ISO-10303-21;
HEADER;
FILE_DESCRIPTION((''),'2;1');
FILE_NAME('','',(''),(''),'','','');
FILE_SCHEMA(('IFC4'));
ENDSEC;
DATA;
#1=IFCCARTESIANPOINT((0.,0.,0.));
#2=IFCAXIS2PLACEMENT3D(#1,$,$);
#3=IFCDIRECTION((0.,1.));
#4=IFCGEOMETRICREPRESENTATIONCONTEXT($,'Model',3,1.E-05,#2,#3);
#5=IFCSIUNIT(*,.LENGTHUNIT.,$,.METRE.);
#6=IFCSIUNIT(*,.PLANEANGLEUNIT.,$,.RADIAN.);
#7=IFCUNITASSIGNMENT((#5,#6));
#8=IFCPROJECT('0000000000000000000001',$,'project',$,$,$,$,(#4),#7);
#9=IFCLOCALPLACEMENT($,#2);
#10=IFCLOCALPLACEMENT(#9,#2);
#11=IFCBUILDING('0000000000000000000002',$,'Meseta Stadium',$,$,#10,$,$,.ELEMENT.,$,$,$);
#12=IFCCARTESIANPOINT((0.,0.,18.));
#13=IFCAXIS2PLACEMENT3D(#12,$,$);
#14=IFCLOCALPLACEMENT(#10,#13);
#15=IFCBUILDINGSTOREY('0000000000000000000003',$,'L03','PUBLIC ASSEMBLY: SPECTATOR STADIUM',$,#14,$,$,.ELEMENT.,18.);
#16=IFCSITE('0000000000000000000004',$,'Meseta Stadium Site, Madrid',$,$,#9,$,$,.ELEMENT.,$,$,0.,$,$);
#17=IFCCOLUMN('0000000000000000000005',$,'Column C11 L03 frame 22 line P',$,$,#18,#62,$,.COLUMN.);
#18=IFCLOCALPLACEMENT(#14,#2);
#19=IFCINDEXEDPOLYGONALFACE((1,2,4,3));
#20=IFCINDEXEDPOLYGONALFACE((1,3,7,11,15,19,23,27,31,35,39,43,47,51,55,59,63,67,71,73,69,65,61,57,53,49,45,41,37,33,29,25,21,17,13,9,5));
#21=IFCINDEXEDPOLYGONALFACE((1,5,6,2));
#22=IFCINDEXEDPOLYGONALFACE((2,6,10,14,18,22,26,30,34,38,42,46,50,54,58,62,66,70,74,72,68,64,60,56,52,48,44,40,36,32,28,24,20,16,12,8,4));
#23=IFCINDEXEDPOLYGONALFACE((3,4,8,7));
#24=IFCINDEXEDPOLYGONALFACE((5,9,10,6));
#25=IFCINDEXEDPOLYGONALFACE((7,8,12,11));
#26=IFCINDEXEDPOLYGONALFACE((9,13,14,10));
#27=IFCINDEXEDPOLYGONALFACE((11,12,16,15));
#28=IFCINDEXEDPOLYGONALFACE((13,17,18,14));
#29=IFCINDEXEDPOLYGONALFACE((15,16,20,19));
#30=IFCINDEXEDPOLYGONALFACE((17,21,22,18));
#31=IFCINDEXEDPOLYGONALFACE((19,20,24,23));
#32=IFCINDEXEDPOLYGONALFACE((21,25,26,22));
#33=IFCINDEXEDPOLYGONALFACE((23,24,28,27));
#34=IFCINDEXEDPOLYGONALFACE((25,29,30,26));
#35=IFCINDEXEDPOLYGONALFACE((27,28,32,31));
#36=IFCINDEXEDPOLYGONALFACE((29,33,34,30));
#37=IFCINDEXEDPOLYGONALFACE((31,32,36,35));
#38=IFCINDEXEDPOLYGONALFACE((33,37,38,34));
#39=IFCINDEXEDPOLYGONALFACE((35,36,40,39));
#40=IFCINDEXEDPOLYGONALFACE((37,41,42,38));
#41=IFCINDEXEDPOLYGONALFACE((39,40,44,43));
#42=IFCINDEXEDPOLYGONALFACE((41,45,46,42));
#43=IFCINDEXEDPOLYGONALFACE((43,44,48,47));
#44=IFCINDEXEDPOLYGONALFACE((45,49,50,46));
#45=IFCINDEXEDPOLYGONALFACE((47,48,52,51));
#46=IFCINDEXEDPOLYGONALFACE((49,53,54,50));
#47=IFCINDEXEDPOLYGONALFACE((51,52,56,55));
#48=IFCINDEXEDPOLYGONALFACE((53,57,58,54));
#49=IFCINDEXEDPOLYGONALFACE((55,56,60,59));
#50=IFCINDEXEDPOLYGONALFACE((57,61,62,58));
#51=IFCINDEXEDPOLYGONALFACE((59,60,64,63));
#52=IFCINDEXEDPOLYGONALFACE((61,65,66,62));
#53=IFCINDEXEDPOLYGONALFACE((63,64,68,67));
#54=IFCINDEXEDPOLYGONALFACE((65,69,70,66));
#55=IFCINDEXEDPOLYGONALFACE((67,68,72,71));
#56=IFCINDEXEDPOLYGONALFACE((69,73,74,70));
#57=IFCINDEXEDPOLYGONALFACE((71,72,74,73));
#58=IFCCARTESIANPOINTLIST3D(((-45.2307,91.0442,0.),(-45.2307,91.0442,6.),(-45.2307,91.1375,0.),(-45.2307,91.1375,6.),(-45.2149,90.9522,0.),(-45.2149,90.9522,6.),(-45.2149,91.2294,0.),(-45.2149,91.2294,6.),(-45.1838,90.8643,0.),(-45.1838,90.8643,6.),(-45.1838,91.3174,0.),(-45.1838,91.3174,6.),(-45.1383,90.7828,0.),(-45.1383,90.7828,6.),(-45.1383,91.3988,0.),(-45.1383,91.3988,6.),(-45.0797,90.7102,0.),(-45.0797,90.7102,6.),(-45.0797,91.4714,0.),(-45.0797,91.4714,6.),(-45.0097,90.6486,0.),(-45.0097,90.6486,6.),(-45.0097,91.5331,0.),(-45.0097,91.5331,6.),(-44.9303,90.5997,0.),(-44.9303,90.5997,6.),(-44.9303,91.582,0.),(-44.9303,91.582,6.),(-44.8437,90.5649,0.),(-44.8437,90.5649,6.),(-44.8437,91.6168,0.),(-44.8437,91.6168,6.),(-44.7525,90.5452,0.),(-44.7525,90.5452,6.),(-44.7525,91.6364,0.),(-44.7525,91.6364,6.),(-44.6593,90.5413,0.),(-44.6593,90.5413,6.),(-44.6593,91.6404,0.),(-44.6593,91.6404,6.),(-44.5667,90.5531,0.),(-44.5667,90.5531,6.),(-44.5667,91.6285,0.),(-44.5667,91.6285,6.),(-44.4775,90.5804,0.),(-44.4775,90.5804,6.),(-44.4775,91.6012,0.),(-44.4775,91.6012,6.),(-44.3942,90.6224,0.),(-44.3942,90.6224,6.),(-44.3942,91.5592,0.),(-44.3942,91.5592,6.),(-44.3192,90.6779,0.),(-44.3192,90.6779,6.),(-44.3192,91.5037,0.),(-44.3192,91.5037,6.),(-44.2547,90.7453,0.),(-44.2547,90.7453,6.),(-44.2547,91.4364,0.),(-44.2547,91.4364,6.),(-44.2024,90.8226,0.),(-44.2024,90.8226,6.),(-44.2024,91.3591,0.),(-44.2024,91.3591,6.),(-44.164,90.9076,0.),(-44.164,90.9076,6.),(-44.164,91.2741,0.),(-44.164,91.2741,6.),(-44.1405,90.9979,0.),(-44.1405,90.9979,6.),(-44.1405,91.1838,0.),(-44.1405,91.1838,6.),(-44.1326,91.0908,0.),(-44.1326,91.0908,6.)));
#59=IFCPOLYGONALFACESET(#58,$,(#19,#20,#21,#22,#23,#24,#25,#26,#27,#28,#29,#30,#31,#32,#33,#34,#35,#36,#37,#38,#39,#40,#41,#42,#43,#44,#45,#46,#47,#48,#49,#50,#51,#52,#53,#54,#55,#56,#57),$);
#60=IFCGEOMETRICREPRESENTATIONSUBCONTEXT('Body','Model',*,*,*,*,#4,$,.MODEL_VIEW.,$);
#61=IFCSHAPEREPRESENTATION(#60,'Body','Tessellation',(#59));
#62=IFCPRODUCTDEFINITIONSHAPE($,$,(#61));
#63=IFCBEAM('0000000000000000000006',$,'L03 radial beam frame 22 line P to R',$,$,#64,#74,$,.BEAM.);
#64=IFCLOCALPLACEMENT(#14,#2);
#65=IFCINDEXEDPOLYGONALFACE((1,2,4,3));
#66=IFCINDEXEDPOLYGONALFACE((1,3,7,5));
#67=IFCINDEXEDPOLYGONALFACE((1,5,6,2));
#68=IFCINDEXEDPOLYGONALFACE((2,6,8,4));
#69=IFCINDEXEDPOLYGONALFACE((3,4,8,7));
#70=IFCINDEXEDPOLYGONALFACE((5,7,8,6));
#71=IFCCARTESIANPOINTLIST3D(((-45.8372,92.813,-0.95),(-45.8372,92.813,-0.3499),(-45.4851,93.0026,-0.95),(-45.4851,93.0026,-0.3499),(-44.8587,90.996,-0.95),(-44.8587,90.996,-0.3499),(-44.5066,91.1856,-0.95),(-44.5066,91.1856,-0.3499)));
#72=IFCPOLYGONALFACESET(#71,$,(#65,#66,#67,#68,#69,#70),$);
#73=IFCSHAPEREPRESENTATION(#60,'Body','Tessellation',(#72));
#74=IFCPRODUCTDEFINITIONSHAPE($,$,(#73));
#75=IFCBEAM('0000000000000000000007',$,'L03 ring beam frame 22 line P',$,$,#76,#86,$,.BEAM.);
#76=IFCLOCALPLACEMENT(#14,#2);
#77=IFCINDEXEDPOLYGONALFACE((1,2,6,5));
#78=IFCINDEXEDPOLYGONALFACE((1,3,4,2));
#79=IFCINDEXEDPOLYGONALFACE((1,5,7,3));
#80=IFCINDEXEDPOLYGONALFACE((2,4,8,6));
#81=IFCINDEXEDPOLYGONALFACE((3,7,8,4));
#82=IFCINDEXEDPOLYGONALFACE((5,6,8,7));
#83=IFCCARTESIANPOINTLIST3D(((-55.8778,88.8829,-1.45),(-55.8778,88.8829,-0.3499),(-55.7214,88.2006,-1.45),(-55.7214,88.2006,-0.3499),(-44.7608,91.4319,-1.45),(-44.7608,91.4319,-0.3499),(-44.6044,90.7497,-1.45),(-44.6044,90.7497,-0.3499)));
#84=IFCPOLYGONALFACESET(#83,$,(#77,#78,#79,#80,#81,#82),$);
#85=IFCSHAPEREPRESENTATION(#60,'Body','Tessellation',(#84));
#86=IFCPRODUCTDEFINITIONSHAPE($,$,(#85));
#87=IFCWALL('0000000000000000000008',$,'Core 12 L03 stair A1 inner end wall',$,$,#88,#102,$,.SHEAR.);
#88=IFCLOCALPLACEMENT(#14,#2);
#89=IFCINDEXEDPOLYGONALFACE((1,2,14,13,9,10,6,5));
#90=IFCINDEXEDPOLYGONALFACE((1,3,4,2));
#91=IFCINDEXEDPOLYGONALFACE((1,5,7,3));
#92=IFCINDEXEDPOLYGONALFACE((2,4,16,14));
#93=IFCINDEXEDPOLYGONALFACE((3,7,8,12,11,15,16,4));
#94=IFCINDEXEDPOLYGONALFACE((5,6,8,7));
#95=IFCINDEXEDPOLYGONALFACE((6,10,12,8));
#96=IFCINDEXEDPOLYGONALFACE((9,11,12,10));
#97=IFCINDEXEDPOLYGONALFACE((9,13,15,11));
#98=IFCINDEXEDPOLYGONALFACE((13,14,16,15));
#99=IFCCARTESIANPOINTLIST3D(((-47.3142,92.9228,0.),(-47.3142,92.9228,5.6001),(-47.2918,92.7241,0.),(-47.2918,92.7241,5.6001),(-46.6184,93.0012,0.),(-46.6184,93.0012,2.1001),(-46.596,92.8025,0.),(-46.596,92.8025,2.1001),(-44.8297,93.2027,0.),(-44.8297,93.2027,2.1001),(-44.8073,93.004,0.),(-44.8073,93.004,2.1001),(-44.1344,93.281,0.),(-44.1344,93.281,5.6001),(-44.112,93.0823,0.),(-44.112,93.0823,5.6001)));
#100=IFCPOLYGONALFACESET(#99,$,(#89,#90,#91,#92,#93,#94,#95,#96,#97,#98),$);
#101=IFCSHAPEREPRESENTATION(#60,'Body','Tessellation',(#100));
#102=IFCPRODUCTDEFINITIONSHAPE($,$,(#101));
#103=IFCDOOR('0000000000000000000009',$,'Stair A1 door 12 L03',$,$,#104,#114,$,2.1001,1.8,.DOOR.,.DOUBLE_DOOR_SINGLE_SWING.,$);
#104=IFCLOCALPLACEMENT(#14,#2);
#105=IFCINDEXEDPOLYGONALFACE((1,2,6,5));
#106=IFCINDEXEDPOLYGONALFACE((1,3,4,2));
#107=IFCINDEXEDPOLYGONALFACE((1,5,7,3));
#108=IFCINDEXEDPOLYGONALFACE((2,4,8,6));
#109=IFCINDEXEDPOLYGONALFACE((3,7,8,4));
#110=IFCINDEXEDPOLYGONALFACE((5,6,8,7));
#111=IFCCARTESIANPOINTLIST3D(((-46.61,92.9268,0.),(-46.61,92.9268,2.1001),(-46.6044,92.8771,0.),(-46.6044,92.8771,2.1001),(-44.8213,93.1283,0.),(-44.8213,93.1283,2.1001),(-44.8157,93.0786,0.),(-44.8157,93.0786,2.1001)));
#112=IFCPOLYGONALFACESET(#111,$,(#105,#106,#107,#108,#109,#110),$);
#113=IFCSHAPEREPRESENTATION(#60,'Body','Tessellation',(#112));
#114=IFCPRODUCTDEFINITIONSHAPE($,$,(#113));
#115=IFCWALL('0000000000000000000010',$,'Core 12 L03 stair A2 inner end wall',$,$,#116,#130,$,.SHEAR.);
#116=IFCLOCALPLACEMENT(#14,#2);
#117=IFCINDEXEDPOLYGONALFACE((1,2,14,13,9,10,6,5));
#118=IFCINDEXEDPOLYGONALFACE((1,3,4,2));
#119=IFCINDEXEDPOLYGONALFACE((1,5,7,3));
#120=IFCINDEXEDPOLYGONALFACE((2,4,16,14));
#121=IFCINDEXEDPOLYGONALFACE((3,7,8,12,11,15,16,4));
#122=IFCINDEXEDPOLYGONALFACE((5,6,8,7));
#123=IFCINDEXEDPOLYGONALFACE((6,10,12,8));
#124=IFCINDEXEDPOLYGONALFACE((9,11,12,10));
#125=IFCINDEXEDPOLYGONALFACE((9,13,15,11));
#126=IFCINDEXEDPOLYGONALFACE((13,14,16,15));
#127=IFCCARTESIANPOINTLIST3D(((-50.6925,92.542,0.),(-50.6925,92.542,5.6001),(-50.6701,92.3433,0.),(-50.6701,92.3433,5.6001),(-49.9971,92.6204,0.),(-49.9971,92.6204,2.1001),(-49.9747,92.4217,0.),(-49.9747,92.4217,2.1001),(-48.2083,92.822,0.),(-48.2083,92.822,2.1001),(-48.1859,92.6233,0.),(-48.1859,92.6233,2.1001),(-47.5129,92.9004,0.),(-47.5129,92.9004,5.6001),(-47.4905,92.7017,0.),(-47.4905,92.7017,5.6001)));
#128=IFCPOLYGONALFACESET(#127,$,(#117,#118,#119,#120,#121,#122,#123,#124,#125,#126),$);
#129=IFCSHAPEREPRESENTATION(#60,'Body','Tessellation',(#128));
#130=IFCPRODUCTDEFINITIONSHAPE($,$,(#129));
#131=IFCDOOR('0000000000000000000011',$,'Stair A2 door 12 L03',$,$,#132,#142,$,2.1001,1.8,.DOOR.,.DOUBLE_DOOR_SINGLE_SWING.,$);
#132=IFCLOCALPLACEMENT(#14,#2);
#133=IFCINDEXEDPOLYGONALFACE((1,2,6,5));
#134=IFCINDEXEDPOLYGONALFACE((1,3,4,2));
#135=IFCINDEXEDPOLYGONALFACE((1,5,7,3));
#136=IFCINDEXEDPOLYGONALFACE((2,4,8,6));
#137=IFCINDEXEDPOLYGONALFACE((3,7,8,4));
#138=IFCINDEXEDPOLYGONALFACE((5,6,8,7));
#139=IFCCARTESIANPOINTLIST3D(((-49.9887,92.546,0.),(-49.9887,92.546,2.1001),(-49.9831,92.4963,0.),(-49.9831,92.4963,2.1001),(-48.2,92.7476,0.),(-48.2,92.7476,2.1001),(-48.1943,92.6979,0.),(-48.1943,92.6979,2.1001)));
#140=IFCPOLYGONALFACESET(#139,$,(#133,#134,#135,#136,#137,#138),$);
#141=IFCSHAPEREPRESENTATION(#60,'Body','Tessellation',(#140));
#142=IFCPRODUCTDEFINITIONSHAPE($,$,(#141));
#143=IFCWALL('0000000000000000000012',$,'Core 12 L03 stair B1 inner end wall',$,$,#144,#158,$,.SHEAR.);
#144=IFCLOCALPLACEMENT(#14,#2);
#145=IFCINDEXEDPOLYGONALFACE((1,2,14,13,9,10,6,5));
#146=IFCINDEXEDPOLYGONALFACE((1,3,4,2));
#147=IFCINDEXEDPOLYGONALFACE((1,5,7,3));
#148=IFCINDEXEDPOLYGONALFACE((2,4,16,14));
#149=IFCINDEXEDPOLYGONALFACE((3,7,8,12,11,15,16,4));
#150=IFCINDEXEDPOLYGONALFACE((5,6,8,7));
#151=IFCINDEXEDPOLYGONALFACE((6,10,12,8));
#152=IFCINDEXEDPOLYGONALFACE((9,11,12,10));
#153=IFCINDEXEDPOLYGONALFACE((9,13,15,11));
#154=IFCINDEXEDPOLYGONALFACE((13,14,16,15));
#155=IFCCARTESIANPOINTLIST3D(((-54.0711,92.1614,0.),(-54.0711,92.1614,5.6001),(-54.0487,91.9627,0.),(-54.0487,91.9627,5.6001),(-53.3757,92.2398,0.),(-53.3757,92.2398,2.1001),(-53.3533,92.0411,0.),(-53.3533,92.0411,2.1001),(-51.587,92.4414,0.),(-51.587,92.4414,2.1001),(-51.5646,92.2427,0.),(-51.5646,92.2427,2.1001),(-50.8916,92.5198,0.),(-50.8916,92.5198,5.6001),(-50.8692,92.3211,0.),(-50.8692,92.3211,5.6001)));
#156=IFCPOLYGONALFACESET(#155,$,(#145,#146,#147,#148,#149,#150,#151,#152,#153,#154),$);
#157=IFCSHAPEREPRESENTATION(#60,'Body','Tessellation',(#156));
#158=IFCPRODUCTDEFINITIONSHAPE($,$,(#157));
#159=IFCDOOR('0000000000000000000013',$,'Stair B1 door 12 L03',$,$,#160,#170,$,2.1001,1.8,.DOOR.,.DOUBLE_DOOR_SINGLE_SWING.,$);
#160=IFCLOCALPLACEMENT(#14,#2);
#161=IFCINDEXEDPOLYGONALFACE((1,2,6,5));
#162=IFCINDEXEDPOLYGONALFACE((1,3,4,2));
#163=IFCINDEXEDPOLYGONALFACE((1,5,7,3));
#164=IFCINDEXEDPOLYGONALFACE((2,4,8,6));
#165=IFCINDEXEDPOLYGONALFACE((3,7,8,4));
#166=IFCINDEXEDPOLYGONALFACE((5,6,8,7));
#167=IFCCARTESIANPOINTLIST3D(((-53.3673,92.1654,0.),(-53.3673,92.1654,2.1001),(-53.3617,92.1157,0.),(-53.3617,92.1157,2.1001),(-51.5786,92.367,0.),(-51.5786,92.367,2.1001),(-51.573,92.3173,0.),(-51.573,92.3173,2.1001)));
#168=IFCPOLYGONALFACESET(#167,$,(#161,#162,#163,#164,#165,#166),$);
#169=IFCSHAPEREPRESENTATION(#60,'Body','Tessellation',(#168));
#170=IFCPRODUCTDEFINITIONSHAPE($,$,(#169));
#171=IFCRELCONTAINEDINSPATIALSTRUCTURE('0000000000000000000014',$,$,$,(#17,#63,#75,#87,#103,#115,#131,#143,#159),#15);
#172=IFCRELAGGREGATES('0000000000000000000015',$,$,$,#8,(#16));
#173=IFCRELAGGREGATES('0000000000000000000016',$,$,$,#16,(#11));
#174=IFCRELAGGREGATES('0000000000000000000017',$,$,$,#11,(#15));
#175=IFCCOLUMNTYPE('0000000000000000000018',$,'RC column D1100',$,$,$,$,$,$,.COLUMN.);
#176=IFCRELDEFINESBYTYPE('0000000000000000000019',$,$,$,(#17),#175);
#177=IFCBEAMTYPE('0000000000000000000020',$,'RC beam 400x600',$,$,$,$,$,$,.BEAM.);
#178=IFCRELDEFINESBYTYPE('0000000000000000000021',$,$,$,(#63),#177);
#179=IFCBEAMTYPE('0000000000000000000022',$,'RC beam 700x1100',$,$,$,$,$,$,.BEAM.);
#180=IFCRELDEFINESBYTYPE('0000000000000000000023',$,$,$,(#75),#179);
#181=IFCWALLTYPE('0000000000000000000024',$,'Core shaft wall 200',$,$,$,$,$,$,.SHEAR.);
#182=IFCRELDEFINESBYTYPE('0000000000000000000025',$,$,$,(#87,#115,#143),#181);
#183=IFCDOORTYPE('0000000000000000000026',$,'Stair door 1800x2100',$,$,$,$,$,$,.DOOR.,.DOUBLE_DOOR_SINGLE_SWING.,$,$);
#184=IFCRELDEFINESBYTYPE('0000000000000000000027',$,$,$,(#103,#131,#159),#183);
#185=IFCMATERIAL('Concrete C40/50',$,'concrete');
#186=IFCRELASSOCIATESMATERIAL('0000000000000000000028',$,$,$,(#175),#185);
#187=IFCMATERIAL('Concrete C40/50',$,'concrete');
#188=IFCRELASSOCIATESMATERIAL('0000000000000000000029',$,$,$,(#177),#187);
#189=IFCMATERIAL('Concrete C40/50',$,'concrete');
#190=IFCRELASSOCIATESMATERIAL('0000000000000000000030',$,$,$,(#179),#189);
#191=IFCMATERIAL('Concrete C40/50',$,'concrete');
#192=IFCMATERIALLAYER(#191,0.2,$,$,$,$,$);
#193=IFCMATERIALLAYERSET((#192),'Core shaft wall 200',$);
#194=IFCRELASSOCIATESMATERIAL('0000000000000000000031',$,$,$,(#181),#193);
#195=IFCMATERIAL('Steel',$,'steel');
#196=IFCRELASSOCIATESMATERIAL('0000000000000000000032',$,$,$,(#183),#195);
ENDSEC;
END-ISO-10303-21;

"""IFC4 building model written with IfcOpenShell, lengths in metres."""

from ifc_helpers import new_model, si_unit, direction, frame, frame_2d, origin, origin_2d, place, context, subcontext, project, spatial, rectangle, circle, extrude, material, layer, layer_set, material_profile, profile_set, type_object, element, fill, save


model = new_model("IFC4")

# Units and contexts
model_context = context("Model", 3, precision=1e-05, world=origin(), true_north=direction((0.0, 1.0)))
body_context = subcontext(model_context, "Body", "Model", "MODEL_VIEW")
ifc_project = project(units=[si_unit("LENGTHUNIT", "METRE"), si_unit("PLANEANGLEUNIT", "RADIAN")], contexts=[model_context])

# Site, building, storey
site_placement = place(None, origin())
site = spatial("IfcSite", under=ifc_project, at=site_placement, Name="Meseta Stadium Site, Madrid", CompositionType="ELEMENT", RefElevation=0.0)
building_placement = place(site_placement, origin())
building = spatial("IfcBuilding", under=site, at=building_placement, Name="Meseta Stadium", CompositionType="ELEMENT")
storey_placement = place(building_placement, frame((0.0, 0.0, 18.0)))
storey = spatial("IfcBuildingStorey", under=building, at=storey_placement, Name="L03", Description="PUBLIC ASSEMBLY: SPECTATOR STADIUM", CompositionType="ELEMENT", Elevation=18.0)

# Column
ifc_material_1 = material(Name="Concrete C40/50", Category="concrete")
ifc_material_profile_1 = material_profile(ifc_material_1, circle(Radius=0.55, at=origin_2d()), Name="RC D1100")
ifc_profile_set_1 = profile_set([ifc_material_profile_1], Name="Concrete C40/50")
column_type = type_object("IfcColumnType", Name="RC column D1100", PredefinedType="COLUMN", material=ifc_profile_set_1)
column_placement = place(storey_placement, frame((-44.6826, 91.0908, 0.0), z_axis=(0.0, 0.0, 1.0), x_axis=(1.0, 0.0, 0.0)))
element("IfcColumn", 1, at=column_placement, inside=storey, type_object=column_type, Name="Column C11 L03 frame 22 line P", PredefinedType="COLUMN", context=body_context, shape_type="SweptSolid", body=[
    extrude(circle(Radius=0.55, at=origin_2d()), origin(), (0.0, 0.0, 1.0), 6.0),
])

# Beams
ifc_material_2 = material(Name="Concrete C40/50", Category="concrete")
ifc_material_profile_2 = material_profile(ifc_material_2, rectangle(XDim=0.3999, YDim=0.6001, at=origin_2d()), Name="RC 400x600")
ifc_profile_set_2 = profile_set([ifc_material_profile_2], Name="Concrete C40/50")
beam_type_1 = type_object("IfcBeamType", Name="RC beam 400x600", PredefinedType="BEAM", material=ifc_profile_set_2)
beam_1_placement = place(storey_placement, frame((-44.6826, 91.0908, -0.6499), z_axis=(-0.47417, 0.880433, 0.0), x_axis=(-0.880433, -0.47417, 0.0)))
element("IfcBeam", 2, at=beam_1_placement, inside=storey, type_object=beam_type_1, Name="L03 radial beam frame 22 line P to R", PredefinedType="BEAM", context=body_context, shape_type="SweptSolid", body=[
    extrude(rectangle(XDim=0.3999, YDim=0.6001, at=origin_2d()), origin(), (0.0, 0.0, 1.0), 2.0637),
])
ifc_material_3 = material(Name="Concrete C40/50", Category="concrete")
ifc_material_profile_3 = material_profile(ifc_material_3, rectangle(XDim=0.7, YDim=1.1001, at=origin_2d()), Name="RC 700x1100")
ifc_profile_set_3 = profile_set([ifc_material_profile_3], Name="Concrete C40/50")
beam_type_2 = type_object("IfcBeamType", Name="RC beam 700x1100", PredefinedType="BEAM", material=ifc_profile_set_3)
beam_2_placement = place(storey_placement, frame((-44.6826, 91.0908, -0.8999), z_axis=(-0.974705, -0.223496, 0.0), x_axis=(0.223496, -0.974705, 0.0)))
element("IfcBeam", 3, at=beam_2_placement, inside=storey, type_object=beam_type_2, Name="L03 ring beam frame 22 line P", PredefinedType="BEAM", context=body_context, shape_type="SweptSolid", body=[
    extrude(rectangle(XDim=0.7, YDim=1.1001, at=origin_2d()), origin(), (0.0, 0.0, 1.0), 11.4055),
])

# Walls, openings, doors
ifc_material_4 = material(Name="Concrete C40/50", Category="concrete")
ifc_layer_1 = layer(ifc_material_4, 0.2)
ifc_layer_set_1 = layer_set([ifc_layer_1], Name="Core shaft wall 200")
wall_type_1 = type_object("IfcWallType", Name="Core shaft wall 200", PredefinedType="SHEAR", material=ifc_layer_set_1)
wall_1_placement = place(storey_placement, frame((-44.123, 93.1816, 0.0), z_axis=(0.0, 0.0, 1.0), x_axis=(-0.993717, -0.111922, 0.0)))
wall_1 = element("IfcWall", 4, at=wall_1_placement, inside=storey, type_object=wall_type_1, Name="Core 12 L03 stair A1 inner end wall", PredefinedType="SHEAR", context=body_context, shape_type="SweptSolid", body=[
    extrude(rectangle(XDim=3.2, YDim=0.2, at=frame_2d((1.6001, 0.0))), origin(), (0.0, 0.0, 1.0), 5.6001),
])
opening_1_placement = place(wall_1_placement, frame((0.7, 0.0, 0.0)))
opening_1 = element("IfcOpeningElement", 5, at=opening_1_placement, cuts=wall_1, PredefinedType="OPENING", context=body_context, shape_type="SweptSolid", body=[
    extrude(rectangle(XDim=1.8, YDim=2.1001, at=frame_2d((0.8999, 1.05))), frame((0.0, 0.1099, 0.0), z_axis=(0.0, -1.0, 0.0), x_axis=(1.0, 0.0, 0.0)), (0.0, 0.0, 1.0), 0.22),
])
ifc_material_5 = material(Name="Steel", Category="steel")
door_type_1 = type_object("IfcDoorType", Name="Stair door 1800x2100", OperationType="DOUBLE_DOOR_SINGLE_SWING", PredefinedType="DOOR", material=ifc_material_5)
door_1_placement = place(opening_1_placement, origin())
door_1 = element("IfcDoor", 6, at=door_1_placement, inside=storey, type_object=door_type_1, Name="Stair A1 door 12 L03", OperationType="DOUBLE_DOOR_SINGLE_SWING", OverallHeight=2.1001, OverallWidth=1.8, PredefinedType="DOOR", context=body_context, shape_type="SweptSolid", body=[
    extrude(rectangle(XDim=1.8, YDim=2.1001, at=frame_2d((0.8999, 1.05))), frame((0.0, 0.0249, 0.0), z_axis=(0.0, -1.0, 0.0), x_axis=(1.0, 0.0, 0.0)), (0.0, 0.0, 1.0), 0.05),
])
fill(opening_1, door_1)
wall_2_placement = place(storey_placement, frame((-47.5017, 92.801, 0.0), z_axis=(0.0, 0.0, 1.0), x_axis=(-0.993708, -0.112006, 0.0)))
wall_2 = element("IfcWall", 7, at=wall_2_placement, inside=storey, type_object=wall_type_1, Name="Core 12 L03 stair A2 inner end wall", PredefinedType="SHEAR", context=body_context, shape_type="SweptSolid", body=[
    extrude(rectangle(XDim=3.1997, YDim=0.2, at=frame_2d((1.5999, 0.0))), origin(), (0.0, 0.0, 1.0), 5.6001),
])
opening_2_placement = place(wall_2_placement, frame((0.7, 0.0, 0.0)))
opening_2 = element("IfcOpeningElement", 8, at=opening_2_placement, cuts=wall_2, PredefinedType="OPENING", context=body_context, shape_type="SweptSolid", body=[
    extrude(rectangle(XDim=1.8, YDim=2.1001, at=frame_2d((0.8999, 1.05))), frame((0.0, 0.1099, 0.0), z_axis=(0.0, -1.0, 0.0), x_axis=(1.0, 0.0, 0.0)), (0.0, 0.0, 1.0), 0.22),
])
door_2_placement = place(opening_2_placement, origin())
door_2 = element("IfcDoor", 9, at=door_2_placement, inside=storey, type_object=door_type_1, Name="Stair A2 door 12 L03", OperationType="DOUBLE_DOOR_SINGLE_SWING", OverallHeight=2.1001, OverallWidth=1.8, PredefinedType="DOOR", context=body_context, shape_type="SweptSolid", body=[
    extrude(rectangle(XDim=1.8, YDim=2.1001, at=frame_2d((0.8999, 1.05))), frame((0.0, 0.0249, 0.0), z_axis=(0.0, -1.0, 0.0), x_axis=(1.0, 0.0, 0.0)), (0.0, 0.0, 1.0), 0.05),
])
fill(opening_2, door_2)
wall_3_placement = place(storey_placement, frame((-50.8804, 92.4204, 0.0), z_axis=(0.0, 0.0, 1.0), x_axis=(-0.993708, -0.112006, 0.0)))
wall_3 = element("IfcWall", 10, at=wall_3_placement, inside=storey, type_object=wall_type_1, Name="Core 12 L03 stair B1 inner end wall", PredefinedType="SHEAR", context=body_context, shape_type="SweptSolid", body=[
    extrude(rectangle(XDim=3.1997, YDim=0.2, at=frame_2d((1.5999, 0.0))), origin(), (0.0, 0.0, 1.0), 5.6001),
])
opening_3_placement = place(wall_3_placement, frame((0.7, 0.0, 0.0)))
opening_3 = element("IfcOpeningElement", 11, at=opening_3_placement, cuts=wall_3, PredefinedType="OPENING", context=body_context, shape_type="SweptSolid", body=[
    extrude(rectangle(XDim=1.8, YDim=2.1001, at=frame_2d((0.8999, 1.05))), frame((0.0, 0.1099, 0.0), z_axis=(0.0, -1.0, 0.0), x_axis=(1.0, 0.0, 0.0)), (0.0, 0.0, 1.0), 0.22),
])
door_3_placement = place(opening_3_placement, origin())
door_3 = element("IfcDoor", 12, at=door_3_placement, inside=storey, type_object=door_type_1, Name="Stair B1 door 12 L03", OperationType="DOUBLE_DOOR_SINGLE_SWING", OverallHeight=2.1001, OverallWidth=1.8, PredefinedType="DOOR", context=body_context, shape_type="SweptSolid", body=[
    extrude(rectangle(XDim=1.8, YDim=2.1001, at=frame_2d((0.8999, 1.05))), frame((0.0, 0.0249, 0.0), z_axis=(0.0, -1.0, 0.0), x_axis=(1.0, 0.0, 0.0)), (0.0, 0.0, 1.0), 0.05),
])
fill(opening_3, door_3)

save(model, "model.ifc")
